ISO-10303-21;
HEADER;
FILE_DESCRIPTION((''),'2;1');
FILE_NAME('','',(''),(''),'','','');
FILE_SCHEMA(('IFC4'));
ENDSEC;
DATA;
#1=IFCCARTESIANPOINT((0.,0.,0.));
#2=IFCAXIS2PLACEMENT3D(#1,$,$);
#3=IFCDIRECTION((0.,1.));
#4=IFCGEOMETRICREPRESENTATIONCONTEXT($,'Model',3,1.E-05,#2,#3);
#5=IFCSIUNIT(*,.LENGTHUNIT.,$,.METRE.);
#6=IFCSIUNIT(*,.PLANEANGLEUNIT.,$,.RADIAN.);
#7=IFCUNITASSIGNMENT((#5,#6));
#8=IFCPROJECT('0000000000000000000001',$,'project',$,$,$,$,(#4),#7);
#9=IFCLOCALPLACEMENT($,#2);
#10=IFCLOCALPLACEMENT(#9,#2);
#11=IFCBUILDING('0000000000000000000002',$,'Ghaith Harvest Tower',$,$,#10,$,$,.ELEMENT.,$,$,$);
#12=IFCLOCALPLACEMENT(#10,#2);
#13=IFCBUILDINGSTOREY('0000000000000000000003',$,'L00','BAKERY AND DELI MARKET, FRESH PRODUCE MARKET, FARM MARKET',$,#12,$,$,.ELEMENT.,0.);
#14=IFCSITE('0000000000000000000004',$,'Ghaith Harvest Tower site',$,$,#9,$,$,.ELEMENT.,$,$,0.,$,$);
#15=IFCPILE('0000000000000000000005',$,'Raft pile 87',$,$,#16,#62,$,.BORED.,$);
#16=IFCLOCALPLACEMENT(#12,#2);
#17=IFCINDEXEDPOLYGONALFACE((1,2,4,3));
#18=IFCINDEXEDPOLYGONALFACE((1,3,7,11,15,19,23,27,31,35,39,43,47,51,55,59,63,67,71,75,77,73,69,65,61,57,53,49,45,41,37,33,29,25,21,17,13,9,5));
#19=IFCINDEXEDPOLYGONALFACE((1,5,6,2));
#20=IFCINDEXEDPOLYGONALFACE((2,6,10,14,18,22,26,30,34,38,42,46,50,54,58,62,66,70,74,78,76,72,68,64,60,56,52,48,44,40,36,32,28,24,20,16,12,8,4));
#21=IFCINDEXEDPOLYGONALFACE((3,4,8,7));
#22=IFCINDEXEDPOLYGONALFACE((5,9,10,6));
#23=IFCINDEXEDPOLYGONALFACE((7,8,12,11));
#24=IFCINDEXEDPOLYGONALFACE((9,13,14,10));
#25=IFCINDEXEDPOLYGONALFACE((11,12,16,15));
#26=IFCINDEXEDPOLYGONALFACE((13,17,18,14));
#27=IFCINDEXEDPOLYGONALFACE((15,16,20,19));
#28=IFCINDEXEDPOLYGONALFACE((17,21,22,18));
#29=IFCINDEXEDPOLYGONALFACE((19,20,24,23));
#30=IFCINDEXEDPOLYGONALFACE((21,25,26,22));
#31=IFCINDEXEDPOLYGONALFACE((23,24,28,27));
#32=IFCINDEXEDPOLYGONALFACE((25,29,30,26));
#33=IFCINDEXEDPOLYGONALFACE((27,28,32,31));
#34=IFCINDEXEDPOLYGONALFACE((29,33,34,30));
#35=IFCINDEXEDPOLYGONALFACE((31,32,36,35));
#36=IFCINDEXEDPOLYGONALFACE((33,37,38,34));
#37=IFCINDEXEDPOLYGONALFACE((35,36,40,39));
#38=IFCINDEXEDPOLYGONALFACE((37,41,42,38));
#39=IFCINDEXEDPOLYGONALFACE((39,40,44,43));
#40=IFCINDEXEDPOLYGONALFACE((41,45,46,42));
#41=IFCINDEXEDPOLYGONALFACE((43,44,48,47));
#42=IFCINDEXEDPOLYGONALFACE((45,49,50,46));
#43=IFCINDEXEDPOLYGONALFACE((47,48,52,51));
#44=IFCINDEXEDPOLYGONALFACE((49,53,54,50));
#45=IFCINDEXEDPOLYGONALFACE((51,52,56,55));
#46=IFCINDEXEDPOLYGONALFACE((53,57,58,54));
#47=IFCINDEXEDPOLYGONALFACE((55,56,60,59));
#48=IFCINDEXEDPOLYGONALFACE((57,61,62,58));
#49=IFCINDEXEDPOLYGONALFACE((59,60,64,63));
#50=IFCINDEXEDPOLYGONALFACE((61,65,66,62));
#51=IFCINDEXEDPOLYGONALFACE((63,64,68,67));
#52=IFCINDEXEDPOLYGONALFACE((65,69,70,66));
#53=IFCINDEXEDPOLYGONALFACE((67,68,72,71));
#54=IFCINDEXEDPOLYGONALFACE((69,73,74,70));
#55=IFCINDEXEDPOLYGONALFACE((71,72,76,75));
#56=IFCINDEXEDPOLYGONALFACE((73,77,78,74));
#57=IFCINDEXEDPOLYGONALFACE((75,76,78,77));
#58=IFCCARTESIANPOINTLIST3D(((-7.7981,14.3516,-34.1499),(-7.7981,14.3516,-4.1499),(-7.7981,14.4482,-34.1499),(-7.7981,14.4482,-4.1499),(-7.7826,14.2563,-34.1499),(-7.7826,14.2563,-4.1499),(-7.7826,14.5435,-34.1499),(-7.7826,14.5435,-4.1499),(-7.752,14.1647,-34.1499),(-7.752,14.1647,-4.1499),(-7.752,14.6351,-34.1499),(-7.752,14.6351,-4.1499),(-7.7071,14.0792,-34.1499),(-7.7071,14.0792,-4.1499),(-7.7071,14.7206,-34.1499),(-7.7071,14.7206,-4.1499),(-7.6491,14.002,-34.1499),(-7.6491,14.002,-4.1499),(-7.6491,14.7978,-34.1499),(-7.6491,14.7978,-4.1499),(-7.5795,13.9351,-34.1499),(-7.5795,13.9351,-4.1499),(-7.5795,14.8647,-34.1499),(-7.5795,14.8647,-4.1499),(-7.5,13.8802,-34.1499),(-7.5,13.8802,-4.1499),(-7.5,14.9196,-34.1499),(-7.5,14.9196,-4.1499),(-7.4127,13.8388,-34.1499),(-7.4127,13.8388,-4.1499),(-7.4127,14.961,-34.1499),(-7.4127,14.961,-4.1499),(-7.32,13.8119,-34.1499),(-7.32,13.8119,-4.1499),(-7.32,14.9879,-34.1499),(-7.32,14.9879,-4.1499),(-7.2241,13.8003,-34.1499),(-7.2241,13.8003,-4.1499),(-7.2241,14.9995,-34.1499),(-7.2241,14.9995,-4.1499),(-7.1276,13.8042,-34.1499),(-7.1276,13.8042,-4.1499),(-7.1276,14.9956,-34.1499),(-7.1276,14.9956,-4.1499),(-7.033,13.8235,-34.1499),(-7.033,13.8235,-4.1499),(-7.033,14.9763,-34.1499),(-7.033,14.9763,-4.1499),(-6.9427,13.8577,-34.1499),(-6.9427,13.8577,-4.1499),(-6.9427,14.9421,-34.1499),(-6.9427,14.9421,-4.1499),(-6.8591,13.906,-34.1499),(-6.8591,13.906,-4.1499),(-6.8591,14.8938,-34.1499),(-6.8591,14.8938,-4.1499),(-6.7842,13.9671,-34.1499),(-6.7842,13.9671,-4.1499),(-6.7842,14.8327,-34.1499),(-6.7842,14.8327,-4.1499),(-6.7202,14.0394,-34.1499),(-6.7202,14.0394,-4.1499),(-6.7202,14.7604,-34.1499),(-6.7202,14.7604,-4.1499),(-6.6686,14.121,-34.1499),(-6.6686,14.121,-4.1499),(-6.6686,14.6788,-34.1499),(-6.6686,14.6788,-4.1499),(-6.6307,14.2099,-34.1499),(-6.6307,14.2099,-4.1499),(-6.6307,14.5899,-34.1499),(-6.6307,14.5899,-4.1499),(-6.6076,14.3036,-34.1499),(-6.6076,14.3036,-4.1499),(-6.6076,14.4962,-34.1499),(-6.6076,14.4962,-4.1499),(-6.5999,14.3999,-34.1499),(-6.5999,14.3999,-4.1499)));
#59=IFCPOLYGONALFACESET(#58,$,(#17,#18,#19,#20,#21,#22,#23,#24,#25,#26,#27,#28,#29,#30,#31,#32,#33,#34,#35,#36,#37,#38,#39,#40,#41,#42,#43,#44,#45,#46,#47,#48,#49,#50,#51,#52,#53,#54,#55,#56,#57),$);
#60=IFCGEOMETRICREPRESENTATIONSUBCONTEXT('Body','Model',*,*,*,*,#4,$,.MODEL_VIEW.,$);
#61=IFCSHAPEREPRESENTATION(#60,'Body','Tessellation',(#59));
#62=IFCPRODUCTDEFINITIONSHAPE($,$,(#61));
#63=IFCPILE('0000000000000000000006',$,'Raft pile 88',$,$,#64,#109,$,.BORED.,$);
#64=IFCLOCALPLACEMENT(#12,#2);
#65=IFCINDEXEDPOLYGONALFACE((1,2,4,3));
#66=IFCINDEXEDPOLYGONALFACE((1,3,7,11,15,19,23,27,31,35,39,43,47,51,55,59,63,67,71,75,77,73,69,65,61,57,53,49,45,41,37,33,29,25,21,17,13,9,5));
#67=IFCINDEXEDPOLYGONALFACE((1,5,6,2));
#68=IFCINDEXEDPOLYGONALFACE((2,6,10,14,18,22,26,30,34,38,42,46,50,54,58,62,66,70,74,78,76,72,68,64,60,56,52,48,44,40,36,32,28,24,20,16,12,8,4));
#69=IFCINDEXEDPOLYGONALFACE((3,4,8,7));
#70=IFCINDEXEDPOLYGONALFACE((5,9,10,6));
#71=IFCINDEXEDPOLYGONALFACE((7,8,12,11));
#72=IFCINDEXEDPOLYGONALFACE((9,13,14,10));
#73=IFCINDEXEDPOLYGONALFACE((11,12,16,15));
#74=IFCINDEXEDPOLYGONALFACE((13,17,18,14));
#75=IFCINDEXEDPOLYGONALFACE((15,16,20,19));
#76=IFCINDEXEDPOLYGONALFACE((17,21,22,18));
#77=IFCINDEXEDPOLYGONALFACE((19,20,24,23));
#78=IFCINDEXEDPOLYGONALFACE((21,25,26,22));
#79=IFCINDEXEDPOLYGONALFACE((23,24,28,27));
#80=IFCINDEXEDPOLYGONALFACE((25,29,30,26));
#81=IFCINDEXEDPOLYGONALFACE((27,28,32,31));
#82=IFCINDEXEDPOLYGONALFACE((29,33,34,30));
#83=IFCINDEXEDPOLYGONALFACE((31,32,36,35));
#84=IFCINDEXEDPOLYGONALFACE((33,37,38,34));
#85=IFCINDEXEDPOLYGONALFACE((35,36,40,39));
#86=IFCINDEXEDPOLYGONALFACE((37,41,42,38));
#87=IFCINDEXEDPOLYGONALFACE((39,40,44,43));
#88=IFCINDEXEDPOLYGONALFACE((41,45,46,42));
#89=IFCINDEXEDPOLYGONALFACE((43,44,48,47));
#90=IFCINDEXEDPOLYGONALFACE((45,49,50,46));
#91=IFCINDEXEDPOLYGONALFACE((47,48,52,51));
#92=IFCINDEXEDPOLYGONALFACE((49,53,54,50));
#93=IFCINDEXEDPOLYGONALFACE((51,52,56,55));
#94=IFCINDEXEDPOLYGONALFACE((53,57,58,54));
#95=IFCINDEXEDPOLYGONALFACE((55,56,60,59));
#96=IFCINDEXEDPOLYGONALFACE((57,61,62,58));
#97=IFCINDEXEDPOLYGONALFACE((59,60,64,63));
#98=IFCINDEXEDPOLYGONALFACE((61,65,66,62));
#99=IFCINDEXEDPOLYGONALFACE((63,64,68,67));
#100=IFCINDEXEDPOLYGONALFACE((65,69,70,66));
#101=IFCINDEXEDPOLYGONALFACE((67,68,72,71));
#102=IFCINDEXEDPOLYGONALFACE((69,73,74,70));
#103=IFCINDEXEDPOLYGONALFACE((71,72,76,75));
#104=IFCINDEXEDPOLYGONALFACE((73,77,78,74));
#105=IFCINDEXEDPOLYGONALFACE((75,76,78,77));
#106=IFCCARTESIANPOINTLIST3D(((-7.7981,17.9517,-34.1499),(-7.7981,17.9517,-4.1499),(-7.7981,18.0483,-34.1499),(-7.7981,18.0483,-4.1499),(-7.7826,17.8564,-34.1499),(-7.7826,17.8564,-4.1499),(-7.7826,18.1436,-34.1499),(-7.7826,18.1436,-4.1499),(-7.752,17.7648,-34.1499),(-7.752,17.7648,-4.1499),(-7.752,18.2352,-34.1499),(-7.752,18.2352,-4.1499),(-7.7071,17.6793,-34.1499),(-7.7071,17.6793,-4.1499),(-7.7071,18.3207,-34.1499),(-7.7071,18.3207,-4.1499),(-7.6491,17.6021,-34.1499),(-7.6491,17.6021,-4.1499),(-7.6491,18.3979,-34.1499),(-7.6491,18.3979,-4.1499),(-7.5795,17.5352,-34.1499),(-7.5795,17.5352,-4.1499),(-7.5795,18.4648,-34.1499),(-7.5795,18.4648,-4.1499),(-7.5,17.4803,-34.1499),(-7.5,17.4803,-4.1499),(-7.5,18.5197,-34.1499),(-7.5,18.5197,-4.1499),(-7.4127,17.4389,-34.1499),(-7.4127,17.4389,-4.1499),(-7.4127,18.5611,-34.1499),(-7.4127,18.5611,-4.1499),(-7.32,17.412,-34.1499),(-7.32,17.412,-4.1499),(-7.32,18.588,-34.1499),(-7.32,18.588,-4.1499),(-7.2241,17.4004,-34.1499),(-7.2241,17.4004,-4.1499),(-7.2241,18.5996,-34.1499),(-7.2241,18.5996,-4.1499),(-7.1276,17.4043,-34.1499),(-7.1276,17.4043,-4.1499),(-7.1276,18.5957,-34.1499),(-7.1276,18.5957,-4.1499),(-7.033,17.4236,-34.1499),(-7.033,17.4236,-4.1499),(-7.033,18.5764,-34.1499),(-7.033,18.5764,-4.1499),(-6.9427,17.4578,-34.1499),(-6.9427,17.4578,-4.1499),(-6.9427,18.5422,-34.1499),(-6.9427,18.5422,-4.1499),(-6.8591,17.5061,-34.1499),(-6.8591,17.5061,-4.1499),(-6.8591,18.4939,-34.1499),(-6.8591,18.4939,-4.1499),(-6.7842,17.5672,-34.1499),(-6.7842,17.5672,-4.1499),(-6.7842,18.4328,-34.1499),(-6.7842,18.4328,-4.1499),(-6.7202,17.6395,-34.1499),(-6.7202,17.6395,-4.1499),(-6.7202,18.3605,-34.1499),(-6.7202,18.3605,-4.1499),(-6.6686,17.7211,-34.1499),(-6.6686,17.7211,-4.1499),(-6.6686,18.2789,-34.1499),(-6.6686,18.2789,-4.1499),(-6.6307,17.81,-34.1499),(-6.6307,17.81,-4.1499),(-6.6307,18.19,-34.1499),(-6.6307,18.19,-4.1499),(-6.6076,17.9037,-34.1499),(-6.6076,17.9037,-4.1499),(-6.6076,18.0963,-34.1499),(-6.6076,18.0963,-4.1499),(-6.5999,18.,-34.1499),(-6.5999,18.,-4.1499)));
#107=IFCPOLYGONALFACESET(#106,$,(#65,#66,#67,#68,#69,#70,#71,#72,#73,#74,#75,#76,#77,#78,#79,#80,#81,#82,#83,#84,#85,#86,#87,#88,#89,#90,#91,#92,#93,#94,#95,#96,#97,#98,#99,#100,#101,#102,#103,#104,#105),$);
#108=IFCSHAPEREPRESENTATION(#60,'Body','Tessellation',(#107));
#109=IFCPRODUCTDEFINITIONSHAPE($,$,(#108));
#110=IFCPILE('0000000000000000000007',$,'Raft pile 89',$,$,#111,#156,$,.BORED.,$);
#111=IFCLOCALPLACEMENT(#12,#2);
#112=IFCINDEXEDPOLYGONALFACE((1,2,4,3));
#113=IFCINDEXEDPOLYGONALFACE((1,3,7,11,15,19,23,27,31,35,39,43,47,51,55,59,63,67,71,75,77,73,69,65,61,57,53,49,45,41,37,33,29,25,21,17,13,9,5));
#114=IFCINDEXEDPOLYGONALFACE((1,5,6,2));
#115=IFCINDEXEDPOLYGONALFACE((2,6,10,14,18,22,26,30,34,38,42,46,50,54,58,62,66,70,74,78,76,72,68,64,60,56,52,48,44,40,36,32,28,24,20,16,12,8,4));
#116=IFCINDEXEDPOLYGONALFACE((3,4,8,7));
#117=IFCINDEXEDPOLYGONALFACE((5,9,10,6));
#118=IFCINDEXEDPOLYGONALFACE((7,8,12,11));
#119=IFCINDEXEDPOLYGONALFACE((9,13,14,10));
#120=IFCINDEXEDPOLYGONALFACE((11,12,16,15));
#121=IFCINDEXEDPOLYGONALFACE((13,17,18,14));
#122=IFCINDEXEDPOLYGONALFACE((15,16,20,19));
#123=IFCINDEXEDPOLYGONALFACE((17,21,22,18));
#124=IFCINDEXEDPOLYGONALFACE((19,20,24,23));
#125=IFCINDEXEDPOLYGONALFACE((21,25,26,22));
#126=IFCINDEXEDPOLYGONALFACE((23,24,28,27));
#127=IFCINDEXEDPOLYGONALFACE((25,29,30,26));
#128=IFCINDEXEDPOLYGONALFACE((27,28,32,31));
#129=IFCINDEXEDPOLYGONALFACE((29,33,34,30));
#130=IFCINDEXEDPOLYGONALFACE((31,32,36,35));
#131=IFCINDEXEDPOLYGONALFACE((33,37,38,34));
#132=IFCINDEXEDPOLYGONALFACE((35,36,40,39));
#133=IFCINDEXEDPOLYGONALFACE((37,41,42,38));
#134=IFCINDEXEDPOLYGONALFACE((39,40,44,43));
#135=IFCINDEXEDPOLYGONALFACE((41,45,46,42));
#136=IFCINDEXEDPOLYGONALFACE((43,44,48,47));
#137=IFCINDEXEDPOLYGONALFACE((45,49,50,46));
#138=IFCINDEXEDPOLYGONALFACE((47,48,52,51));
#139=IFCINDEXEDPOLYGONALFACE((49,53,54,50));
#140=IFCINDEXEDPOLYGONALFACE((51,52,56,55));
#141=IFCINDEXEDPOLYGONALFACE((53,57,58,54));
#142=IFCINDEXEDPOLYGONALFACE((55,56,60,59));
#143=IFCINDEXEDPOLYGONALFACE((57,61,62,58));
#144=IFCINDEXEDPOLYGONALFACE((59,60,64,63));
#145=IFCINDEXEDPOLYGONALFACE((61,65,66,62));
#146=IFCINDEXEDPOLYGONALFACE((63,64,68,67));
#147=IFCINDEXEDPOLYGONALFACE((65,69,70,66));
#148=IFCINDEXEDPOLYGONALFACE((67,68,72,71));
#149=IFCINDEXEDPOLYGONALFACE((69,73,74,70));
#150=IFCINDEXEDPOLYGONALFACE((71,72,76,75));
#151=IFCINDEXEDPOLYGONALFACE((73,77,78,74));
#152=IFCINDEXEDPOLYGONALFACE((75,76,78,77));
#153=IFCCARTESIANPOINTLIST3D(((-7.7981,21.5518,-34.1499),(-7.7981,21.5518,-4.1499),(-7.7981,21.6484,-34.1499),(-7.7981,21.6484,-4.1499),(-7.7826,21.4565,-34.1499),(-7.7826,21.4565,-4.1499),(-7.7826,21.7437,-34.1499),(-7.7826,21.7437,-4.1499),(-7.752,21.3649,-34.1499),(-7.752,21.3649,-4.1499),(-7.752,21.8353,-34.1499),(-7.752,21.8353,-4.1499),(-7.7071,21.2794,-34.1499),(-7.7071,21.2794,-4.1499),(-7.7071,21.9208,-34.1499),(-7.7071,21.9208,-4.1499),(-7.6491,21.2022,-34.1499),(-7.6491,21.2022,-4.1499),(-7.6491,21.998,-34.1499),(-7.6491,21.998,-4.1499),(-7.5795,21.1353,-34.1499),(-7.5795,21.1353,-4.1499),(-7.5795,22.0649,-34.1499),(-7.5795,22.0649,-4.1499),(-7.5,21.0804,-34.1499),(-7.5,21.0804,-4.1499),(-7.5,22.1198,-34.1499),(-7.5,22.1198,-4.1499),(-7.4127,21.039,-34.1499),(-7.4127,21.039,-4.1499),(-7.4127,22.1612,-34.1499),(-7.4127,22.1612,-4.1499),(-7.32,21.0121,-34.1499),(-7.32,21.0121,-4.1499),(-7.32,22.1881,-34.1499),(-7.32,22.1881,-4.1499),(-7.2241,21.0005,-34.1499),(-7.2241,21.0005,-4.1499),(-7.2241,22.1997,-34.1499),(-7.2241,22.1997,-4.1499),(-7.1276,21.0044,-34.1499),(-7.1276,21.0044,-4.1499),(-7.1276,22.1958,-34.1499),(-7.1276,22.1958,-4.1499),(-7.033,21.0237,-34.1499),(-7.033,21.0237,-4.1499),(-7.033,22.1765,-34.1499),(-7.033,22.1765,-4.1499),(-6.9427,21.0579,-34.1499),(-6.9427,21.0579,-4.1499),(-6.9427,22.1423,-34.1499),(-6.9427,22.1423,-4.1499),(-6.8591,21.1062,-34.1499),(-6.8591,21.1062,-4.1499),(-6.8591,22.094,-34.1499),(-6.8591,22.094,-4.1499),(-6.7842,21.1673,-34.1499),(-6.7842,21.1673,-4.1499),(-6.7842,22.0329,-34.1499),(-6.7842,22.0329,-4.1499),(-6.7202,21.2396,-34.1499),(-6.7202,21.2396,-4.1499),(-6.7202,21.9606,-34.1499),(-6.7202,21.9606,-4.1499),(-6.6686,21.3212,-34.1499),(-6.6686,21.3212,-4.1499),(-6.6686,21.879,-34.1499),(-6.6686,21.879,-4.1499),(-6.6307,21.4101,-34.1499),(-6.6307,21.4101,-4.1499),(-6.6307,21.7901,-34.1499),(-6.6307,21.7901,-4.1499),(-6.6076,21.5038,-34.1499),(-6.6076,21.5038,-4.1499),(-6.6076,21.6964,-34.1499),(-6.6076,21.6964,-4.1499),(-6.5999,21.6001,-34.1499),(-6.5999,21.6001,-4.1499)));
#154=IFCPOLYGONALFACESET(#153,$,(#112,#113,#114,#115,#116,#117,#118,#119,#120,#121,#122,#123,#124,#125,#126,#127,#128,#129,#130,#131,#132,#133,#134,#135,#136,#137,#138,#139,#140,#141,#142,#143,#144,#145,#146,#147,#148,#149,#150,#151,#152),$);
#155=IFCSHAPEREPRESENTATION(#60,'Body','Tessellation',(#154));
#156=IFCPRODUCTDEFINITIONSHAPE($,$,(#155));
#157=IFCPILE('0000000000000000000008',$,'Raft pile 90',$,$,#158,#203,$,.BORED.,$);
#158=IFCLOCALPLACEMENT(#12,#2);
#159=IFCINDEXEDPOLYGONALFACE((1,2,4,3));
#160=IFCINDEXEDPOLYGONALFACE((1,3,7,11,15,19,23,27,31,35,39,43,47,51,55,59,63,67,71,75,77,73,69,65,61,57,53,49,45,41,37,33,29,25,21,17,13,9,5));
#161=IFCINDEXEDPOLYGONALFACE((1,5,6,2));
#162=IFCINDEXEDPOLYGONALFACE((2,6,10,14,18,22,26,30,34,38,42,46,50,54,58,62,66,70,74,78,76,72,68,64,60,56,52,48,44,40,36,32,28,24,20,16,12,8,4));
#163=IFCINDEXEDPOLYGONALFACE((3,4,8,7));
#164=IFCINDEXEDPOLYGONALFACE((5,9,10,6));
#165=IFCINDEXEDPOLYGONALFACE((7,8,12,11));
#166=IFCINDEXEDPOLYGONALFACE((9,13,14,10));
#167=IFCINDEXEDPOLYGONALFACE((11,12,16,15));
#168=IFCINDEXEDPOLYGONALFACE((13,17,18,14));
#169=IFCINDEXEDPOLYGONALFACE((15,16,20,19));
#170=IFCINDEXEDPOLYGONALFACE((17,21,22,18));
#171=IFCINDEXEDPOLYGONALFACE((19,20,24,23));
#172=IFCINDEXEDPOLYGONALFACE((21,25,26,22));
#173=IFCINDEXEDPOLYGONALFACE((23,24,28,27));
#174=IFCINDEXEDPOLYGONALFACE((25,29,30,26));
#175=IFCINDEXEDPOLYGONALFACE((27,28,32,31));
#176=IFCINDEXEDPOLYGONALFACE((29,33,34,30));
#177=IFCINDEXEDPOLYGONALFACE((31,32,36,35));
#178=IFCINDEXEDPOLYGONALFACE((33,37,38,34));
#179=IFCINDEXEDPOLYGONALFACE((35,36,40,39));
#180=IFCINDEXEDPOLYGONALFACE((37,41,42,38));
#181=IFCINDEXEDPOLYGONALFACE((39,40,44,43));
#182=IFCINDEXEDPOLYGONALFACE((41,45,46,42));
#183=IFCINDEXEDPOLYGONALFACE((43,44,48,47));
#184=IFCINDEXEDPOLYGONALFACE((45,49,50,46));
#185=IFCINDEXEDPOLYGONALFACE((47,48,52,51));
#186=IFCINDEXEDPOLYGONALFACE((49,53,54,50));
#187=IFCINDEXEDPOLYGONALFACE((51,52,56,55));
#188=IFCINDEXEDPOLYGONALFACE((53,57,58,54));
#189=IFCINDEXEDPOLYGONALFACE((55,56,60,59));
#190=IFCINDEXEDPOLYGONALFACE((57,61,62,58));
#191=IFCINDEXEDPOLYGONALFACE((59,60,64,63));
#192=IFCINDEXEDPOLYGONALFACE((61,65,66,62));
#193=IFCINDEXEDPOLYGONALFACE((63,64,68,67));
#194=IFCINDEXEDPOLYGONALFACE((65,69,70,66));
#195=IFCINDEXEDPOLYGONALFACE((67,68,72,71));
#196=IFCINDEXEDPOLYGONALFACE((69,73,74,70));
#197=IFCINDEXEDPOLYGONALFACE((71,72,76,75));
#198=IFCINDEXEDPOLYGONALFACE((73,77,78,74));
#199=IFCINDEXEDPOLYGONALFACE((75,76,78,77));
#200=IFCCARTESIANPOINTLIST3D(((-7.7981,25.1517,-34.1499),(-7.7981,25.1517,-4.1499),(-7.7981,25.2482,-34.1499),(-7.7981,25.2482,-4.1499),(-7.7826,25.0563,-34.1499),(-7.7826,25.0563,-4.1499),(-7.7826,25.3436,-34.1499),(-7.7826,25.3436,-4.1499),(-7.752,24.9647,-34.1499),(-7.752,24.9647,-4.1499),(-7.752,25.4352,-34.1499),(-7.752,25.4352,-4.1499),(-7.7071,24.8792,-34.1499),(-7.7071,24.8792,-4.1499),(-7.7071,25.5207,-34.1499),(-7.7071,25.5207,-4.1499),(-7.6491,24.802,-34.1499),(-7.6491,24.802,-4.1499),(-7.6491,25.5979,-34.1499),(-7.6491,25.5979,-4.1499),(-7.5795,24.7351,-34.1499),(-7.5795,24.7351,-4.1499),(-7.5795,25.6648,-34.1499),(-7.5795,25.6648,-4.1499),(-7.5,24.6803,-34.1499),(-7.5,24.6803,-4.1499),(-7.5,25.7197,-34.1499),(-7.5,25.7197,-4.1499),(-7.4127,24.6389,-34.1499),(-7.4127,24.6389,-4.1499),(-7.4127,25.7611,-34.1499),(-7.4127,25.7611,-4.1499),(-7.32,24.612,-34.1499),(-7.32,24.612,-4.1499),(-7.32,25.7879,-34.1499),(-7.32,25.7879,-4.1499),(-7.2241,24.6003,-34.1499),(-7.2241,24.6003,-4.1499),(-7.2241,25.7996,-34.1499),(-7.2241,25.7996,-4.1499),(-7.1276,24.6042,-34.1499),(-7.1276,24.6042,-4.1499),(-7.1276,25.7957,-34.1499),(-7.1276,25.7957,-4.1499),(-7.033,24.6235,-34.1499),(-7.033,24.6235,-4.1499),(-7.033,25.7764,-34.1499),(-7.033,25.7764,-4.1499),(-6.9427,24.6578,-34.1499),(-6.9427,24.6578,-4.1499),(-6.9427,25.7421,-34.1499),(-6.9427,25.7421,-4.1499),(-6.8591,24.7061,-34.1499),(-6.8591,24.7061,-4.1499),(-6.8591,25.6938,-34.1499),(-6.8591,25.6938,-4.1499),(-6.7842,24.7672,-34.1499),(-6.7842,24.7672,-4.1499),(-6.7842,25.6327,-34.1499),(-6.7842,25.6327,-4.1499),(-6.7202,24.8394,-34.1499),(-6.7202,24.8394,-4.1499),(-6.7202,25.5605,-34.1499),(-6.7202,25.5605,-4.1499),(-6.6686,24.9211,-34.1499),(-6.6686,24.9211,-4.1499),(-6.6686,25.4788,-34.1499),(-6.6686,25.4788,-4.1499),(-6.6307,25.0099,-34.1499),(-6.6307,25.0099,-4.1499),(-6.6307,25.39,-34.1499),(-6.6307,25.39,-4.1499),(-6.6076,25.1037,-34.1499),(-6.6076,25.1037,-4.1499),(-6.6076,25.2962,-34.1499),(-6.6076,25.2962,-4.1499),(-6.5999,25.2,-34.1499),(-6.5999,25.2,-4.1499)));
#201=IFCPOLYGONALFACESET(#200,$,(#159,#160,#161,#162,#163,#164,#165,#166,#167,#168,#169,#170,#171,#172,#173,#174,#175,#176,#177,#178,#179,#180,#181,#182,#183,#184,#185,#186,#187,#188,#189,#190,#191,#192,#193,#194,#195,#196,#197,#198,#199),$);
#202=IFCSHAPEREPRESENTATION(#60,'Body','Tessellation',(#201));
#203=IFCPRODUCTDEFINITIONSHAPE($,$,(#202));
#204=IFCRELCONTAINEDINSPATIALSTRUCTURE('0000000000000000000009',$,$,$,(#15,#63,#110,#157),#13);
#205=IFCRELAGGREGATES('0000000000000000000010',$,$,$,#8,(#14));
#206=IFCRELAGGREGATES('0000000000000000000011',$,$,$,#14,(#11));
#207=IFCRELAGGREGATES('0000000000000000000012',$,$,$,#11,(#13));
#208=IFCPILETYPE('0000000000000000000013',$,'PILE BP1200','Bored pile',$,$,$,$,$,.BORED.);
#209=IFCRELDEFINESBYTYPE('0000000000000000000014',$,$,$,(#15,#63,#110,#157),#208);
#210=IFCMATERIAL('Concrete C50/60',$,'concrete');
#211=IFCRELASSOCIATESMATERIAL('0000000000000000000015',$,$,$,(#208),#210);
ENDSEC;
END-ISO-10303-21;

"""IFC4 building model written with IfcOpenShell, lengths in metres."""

from ifc_helpers import new_model, si_unit, direction, frame, origin, origin_2d, place, context, subcontext, project, spatial, circle, extrude, material, material_profile, profile_set, type_object, element, save


model = new_model("IFC4")

# Units and contexts
model_context = context("Model", 3, precision=1e-05, world=origin(), true_north=direction((0.0, 1.0)))
body_context = subcontext(model_context, "Body", "Model", "MODEL_VIEW")
ifc_project = project(units=[si_unit("LENGTHUNIT", "METRE"), si_unit("PLANEANGLEUNIT", "RADIAN")], contexts=[model_context])

# Site, building, storey
site_placement = place(None, origin())
site = spatial("IfcSite", under=ifc_project, at=site_placement, Name="Ghaith Harvest Tower site", CompositionType="ELEMENT", RefElevation=0.0)
building_placement = place(site_placement, origin())
building = spatial("IfcBuilding", under=site, at=building_placement, Name="Ghaith Harvest Tower", CompositionType="ELEMENT")
storey_placement = place(building_placement, origin())
storey = spatial("IfcBuildingStorey", under=building, at=storey_placement, Name="L00", Description="BAKERY AND DELI MARKET, FRESH PRODUCE MARKET, FARM MARKET", CompositionType="ELEMENT", Elevation=0.0)

# Piles
ifc_material_1 = material(Name="Concrete C50/60", Category="concrete")
ifc_material_profile_1 = material_profile(ifc_material_1, circle(Radius=0.6001, at=origin_2d()), Name="PILE1200")
ifc_profile_set_1 = profile_set([ifc_material_profile_1], Name="Concrete C50/60")
pile_type = type_object("IfcPileType", Name="PILE BP1200", Description="Bored pile", PredefinedType="BORED", material=ifc_profile_set_1)
for number, where, z_axis, x_axis, name in (
    (1, (-7.2, 14.3999, -4.1499), (0.0, 0.0, -1.0), (1.0, 0.0, 0.0), "Raft pile 87"),
    (2, (-7.2, 18.0, -4.1499), (0.0, 0.0, -1.0), (1.0, 0.0, 0.0), "Raft pile 88"),
    (3, (-7.2, 21.6001, -4.1499), (0.0, 0.0, -1.0), (1.0, 0.0, 0.0), "Raft pile 89"),
    (4, (-7.2, 25.2, -4.1499), (0.0, 0.0, -1.0), (1.0, 0.0, 0.0), "Raft pile 90"),
):
    element("IfcPile", number, at=place(storey_placement, frame(where, z_axis=z_axis, x_axis=x_axis)), inside=storey, type_object=pile_type, Name=name, PredefinedType="BORED", context=body_context, shape_type="SweptSolid", body=[
        extrude(circle(Radius=0.6001, at=origin_2d()), origin(), (0.0, 0.0, 1.0), 30.0),
    ])

save(model, "model.ifc")
